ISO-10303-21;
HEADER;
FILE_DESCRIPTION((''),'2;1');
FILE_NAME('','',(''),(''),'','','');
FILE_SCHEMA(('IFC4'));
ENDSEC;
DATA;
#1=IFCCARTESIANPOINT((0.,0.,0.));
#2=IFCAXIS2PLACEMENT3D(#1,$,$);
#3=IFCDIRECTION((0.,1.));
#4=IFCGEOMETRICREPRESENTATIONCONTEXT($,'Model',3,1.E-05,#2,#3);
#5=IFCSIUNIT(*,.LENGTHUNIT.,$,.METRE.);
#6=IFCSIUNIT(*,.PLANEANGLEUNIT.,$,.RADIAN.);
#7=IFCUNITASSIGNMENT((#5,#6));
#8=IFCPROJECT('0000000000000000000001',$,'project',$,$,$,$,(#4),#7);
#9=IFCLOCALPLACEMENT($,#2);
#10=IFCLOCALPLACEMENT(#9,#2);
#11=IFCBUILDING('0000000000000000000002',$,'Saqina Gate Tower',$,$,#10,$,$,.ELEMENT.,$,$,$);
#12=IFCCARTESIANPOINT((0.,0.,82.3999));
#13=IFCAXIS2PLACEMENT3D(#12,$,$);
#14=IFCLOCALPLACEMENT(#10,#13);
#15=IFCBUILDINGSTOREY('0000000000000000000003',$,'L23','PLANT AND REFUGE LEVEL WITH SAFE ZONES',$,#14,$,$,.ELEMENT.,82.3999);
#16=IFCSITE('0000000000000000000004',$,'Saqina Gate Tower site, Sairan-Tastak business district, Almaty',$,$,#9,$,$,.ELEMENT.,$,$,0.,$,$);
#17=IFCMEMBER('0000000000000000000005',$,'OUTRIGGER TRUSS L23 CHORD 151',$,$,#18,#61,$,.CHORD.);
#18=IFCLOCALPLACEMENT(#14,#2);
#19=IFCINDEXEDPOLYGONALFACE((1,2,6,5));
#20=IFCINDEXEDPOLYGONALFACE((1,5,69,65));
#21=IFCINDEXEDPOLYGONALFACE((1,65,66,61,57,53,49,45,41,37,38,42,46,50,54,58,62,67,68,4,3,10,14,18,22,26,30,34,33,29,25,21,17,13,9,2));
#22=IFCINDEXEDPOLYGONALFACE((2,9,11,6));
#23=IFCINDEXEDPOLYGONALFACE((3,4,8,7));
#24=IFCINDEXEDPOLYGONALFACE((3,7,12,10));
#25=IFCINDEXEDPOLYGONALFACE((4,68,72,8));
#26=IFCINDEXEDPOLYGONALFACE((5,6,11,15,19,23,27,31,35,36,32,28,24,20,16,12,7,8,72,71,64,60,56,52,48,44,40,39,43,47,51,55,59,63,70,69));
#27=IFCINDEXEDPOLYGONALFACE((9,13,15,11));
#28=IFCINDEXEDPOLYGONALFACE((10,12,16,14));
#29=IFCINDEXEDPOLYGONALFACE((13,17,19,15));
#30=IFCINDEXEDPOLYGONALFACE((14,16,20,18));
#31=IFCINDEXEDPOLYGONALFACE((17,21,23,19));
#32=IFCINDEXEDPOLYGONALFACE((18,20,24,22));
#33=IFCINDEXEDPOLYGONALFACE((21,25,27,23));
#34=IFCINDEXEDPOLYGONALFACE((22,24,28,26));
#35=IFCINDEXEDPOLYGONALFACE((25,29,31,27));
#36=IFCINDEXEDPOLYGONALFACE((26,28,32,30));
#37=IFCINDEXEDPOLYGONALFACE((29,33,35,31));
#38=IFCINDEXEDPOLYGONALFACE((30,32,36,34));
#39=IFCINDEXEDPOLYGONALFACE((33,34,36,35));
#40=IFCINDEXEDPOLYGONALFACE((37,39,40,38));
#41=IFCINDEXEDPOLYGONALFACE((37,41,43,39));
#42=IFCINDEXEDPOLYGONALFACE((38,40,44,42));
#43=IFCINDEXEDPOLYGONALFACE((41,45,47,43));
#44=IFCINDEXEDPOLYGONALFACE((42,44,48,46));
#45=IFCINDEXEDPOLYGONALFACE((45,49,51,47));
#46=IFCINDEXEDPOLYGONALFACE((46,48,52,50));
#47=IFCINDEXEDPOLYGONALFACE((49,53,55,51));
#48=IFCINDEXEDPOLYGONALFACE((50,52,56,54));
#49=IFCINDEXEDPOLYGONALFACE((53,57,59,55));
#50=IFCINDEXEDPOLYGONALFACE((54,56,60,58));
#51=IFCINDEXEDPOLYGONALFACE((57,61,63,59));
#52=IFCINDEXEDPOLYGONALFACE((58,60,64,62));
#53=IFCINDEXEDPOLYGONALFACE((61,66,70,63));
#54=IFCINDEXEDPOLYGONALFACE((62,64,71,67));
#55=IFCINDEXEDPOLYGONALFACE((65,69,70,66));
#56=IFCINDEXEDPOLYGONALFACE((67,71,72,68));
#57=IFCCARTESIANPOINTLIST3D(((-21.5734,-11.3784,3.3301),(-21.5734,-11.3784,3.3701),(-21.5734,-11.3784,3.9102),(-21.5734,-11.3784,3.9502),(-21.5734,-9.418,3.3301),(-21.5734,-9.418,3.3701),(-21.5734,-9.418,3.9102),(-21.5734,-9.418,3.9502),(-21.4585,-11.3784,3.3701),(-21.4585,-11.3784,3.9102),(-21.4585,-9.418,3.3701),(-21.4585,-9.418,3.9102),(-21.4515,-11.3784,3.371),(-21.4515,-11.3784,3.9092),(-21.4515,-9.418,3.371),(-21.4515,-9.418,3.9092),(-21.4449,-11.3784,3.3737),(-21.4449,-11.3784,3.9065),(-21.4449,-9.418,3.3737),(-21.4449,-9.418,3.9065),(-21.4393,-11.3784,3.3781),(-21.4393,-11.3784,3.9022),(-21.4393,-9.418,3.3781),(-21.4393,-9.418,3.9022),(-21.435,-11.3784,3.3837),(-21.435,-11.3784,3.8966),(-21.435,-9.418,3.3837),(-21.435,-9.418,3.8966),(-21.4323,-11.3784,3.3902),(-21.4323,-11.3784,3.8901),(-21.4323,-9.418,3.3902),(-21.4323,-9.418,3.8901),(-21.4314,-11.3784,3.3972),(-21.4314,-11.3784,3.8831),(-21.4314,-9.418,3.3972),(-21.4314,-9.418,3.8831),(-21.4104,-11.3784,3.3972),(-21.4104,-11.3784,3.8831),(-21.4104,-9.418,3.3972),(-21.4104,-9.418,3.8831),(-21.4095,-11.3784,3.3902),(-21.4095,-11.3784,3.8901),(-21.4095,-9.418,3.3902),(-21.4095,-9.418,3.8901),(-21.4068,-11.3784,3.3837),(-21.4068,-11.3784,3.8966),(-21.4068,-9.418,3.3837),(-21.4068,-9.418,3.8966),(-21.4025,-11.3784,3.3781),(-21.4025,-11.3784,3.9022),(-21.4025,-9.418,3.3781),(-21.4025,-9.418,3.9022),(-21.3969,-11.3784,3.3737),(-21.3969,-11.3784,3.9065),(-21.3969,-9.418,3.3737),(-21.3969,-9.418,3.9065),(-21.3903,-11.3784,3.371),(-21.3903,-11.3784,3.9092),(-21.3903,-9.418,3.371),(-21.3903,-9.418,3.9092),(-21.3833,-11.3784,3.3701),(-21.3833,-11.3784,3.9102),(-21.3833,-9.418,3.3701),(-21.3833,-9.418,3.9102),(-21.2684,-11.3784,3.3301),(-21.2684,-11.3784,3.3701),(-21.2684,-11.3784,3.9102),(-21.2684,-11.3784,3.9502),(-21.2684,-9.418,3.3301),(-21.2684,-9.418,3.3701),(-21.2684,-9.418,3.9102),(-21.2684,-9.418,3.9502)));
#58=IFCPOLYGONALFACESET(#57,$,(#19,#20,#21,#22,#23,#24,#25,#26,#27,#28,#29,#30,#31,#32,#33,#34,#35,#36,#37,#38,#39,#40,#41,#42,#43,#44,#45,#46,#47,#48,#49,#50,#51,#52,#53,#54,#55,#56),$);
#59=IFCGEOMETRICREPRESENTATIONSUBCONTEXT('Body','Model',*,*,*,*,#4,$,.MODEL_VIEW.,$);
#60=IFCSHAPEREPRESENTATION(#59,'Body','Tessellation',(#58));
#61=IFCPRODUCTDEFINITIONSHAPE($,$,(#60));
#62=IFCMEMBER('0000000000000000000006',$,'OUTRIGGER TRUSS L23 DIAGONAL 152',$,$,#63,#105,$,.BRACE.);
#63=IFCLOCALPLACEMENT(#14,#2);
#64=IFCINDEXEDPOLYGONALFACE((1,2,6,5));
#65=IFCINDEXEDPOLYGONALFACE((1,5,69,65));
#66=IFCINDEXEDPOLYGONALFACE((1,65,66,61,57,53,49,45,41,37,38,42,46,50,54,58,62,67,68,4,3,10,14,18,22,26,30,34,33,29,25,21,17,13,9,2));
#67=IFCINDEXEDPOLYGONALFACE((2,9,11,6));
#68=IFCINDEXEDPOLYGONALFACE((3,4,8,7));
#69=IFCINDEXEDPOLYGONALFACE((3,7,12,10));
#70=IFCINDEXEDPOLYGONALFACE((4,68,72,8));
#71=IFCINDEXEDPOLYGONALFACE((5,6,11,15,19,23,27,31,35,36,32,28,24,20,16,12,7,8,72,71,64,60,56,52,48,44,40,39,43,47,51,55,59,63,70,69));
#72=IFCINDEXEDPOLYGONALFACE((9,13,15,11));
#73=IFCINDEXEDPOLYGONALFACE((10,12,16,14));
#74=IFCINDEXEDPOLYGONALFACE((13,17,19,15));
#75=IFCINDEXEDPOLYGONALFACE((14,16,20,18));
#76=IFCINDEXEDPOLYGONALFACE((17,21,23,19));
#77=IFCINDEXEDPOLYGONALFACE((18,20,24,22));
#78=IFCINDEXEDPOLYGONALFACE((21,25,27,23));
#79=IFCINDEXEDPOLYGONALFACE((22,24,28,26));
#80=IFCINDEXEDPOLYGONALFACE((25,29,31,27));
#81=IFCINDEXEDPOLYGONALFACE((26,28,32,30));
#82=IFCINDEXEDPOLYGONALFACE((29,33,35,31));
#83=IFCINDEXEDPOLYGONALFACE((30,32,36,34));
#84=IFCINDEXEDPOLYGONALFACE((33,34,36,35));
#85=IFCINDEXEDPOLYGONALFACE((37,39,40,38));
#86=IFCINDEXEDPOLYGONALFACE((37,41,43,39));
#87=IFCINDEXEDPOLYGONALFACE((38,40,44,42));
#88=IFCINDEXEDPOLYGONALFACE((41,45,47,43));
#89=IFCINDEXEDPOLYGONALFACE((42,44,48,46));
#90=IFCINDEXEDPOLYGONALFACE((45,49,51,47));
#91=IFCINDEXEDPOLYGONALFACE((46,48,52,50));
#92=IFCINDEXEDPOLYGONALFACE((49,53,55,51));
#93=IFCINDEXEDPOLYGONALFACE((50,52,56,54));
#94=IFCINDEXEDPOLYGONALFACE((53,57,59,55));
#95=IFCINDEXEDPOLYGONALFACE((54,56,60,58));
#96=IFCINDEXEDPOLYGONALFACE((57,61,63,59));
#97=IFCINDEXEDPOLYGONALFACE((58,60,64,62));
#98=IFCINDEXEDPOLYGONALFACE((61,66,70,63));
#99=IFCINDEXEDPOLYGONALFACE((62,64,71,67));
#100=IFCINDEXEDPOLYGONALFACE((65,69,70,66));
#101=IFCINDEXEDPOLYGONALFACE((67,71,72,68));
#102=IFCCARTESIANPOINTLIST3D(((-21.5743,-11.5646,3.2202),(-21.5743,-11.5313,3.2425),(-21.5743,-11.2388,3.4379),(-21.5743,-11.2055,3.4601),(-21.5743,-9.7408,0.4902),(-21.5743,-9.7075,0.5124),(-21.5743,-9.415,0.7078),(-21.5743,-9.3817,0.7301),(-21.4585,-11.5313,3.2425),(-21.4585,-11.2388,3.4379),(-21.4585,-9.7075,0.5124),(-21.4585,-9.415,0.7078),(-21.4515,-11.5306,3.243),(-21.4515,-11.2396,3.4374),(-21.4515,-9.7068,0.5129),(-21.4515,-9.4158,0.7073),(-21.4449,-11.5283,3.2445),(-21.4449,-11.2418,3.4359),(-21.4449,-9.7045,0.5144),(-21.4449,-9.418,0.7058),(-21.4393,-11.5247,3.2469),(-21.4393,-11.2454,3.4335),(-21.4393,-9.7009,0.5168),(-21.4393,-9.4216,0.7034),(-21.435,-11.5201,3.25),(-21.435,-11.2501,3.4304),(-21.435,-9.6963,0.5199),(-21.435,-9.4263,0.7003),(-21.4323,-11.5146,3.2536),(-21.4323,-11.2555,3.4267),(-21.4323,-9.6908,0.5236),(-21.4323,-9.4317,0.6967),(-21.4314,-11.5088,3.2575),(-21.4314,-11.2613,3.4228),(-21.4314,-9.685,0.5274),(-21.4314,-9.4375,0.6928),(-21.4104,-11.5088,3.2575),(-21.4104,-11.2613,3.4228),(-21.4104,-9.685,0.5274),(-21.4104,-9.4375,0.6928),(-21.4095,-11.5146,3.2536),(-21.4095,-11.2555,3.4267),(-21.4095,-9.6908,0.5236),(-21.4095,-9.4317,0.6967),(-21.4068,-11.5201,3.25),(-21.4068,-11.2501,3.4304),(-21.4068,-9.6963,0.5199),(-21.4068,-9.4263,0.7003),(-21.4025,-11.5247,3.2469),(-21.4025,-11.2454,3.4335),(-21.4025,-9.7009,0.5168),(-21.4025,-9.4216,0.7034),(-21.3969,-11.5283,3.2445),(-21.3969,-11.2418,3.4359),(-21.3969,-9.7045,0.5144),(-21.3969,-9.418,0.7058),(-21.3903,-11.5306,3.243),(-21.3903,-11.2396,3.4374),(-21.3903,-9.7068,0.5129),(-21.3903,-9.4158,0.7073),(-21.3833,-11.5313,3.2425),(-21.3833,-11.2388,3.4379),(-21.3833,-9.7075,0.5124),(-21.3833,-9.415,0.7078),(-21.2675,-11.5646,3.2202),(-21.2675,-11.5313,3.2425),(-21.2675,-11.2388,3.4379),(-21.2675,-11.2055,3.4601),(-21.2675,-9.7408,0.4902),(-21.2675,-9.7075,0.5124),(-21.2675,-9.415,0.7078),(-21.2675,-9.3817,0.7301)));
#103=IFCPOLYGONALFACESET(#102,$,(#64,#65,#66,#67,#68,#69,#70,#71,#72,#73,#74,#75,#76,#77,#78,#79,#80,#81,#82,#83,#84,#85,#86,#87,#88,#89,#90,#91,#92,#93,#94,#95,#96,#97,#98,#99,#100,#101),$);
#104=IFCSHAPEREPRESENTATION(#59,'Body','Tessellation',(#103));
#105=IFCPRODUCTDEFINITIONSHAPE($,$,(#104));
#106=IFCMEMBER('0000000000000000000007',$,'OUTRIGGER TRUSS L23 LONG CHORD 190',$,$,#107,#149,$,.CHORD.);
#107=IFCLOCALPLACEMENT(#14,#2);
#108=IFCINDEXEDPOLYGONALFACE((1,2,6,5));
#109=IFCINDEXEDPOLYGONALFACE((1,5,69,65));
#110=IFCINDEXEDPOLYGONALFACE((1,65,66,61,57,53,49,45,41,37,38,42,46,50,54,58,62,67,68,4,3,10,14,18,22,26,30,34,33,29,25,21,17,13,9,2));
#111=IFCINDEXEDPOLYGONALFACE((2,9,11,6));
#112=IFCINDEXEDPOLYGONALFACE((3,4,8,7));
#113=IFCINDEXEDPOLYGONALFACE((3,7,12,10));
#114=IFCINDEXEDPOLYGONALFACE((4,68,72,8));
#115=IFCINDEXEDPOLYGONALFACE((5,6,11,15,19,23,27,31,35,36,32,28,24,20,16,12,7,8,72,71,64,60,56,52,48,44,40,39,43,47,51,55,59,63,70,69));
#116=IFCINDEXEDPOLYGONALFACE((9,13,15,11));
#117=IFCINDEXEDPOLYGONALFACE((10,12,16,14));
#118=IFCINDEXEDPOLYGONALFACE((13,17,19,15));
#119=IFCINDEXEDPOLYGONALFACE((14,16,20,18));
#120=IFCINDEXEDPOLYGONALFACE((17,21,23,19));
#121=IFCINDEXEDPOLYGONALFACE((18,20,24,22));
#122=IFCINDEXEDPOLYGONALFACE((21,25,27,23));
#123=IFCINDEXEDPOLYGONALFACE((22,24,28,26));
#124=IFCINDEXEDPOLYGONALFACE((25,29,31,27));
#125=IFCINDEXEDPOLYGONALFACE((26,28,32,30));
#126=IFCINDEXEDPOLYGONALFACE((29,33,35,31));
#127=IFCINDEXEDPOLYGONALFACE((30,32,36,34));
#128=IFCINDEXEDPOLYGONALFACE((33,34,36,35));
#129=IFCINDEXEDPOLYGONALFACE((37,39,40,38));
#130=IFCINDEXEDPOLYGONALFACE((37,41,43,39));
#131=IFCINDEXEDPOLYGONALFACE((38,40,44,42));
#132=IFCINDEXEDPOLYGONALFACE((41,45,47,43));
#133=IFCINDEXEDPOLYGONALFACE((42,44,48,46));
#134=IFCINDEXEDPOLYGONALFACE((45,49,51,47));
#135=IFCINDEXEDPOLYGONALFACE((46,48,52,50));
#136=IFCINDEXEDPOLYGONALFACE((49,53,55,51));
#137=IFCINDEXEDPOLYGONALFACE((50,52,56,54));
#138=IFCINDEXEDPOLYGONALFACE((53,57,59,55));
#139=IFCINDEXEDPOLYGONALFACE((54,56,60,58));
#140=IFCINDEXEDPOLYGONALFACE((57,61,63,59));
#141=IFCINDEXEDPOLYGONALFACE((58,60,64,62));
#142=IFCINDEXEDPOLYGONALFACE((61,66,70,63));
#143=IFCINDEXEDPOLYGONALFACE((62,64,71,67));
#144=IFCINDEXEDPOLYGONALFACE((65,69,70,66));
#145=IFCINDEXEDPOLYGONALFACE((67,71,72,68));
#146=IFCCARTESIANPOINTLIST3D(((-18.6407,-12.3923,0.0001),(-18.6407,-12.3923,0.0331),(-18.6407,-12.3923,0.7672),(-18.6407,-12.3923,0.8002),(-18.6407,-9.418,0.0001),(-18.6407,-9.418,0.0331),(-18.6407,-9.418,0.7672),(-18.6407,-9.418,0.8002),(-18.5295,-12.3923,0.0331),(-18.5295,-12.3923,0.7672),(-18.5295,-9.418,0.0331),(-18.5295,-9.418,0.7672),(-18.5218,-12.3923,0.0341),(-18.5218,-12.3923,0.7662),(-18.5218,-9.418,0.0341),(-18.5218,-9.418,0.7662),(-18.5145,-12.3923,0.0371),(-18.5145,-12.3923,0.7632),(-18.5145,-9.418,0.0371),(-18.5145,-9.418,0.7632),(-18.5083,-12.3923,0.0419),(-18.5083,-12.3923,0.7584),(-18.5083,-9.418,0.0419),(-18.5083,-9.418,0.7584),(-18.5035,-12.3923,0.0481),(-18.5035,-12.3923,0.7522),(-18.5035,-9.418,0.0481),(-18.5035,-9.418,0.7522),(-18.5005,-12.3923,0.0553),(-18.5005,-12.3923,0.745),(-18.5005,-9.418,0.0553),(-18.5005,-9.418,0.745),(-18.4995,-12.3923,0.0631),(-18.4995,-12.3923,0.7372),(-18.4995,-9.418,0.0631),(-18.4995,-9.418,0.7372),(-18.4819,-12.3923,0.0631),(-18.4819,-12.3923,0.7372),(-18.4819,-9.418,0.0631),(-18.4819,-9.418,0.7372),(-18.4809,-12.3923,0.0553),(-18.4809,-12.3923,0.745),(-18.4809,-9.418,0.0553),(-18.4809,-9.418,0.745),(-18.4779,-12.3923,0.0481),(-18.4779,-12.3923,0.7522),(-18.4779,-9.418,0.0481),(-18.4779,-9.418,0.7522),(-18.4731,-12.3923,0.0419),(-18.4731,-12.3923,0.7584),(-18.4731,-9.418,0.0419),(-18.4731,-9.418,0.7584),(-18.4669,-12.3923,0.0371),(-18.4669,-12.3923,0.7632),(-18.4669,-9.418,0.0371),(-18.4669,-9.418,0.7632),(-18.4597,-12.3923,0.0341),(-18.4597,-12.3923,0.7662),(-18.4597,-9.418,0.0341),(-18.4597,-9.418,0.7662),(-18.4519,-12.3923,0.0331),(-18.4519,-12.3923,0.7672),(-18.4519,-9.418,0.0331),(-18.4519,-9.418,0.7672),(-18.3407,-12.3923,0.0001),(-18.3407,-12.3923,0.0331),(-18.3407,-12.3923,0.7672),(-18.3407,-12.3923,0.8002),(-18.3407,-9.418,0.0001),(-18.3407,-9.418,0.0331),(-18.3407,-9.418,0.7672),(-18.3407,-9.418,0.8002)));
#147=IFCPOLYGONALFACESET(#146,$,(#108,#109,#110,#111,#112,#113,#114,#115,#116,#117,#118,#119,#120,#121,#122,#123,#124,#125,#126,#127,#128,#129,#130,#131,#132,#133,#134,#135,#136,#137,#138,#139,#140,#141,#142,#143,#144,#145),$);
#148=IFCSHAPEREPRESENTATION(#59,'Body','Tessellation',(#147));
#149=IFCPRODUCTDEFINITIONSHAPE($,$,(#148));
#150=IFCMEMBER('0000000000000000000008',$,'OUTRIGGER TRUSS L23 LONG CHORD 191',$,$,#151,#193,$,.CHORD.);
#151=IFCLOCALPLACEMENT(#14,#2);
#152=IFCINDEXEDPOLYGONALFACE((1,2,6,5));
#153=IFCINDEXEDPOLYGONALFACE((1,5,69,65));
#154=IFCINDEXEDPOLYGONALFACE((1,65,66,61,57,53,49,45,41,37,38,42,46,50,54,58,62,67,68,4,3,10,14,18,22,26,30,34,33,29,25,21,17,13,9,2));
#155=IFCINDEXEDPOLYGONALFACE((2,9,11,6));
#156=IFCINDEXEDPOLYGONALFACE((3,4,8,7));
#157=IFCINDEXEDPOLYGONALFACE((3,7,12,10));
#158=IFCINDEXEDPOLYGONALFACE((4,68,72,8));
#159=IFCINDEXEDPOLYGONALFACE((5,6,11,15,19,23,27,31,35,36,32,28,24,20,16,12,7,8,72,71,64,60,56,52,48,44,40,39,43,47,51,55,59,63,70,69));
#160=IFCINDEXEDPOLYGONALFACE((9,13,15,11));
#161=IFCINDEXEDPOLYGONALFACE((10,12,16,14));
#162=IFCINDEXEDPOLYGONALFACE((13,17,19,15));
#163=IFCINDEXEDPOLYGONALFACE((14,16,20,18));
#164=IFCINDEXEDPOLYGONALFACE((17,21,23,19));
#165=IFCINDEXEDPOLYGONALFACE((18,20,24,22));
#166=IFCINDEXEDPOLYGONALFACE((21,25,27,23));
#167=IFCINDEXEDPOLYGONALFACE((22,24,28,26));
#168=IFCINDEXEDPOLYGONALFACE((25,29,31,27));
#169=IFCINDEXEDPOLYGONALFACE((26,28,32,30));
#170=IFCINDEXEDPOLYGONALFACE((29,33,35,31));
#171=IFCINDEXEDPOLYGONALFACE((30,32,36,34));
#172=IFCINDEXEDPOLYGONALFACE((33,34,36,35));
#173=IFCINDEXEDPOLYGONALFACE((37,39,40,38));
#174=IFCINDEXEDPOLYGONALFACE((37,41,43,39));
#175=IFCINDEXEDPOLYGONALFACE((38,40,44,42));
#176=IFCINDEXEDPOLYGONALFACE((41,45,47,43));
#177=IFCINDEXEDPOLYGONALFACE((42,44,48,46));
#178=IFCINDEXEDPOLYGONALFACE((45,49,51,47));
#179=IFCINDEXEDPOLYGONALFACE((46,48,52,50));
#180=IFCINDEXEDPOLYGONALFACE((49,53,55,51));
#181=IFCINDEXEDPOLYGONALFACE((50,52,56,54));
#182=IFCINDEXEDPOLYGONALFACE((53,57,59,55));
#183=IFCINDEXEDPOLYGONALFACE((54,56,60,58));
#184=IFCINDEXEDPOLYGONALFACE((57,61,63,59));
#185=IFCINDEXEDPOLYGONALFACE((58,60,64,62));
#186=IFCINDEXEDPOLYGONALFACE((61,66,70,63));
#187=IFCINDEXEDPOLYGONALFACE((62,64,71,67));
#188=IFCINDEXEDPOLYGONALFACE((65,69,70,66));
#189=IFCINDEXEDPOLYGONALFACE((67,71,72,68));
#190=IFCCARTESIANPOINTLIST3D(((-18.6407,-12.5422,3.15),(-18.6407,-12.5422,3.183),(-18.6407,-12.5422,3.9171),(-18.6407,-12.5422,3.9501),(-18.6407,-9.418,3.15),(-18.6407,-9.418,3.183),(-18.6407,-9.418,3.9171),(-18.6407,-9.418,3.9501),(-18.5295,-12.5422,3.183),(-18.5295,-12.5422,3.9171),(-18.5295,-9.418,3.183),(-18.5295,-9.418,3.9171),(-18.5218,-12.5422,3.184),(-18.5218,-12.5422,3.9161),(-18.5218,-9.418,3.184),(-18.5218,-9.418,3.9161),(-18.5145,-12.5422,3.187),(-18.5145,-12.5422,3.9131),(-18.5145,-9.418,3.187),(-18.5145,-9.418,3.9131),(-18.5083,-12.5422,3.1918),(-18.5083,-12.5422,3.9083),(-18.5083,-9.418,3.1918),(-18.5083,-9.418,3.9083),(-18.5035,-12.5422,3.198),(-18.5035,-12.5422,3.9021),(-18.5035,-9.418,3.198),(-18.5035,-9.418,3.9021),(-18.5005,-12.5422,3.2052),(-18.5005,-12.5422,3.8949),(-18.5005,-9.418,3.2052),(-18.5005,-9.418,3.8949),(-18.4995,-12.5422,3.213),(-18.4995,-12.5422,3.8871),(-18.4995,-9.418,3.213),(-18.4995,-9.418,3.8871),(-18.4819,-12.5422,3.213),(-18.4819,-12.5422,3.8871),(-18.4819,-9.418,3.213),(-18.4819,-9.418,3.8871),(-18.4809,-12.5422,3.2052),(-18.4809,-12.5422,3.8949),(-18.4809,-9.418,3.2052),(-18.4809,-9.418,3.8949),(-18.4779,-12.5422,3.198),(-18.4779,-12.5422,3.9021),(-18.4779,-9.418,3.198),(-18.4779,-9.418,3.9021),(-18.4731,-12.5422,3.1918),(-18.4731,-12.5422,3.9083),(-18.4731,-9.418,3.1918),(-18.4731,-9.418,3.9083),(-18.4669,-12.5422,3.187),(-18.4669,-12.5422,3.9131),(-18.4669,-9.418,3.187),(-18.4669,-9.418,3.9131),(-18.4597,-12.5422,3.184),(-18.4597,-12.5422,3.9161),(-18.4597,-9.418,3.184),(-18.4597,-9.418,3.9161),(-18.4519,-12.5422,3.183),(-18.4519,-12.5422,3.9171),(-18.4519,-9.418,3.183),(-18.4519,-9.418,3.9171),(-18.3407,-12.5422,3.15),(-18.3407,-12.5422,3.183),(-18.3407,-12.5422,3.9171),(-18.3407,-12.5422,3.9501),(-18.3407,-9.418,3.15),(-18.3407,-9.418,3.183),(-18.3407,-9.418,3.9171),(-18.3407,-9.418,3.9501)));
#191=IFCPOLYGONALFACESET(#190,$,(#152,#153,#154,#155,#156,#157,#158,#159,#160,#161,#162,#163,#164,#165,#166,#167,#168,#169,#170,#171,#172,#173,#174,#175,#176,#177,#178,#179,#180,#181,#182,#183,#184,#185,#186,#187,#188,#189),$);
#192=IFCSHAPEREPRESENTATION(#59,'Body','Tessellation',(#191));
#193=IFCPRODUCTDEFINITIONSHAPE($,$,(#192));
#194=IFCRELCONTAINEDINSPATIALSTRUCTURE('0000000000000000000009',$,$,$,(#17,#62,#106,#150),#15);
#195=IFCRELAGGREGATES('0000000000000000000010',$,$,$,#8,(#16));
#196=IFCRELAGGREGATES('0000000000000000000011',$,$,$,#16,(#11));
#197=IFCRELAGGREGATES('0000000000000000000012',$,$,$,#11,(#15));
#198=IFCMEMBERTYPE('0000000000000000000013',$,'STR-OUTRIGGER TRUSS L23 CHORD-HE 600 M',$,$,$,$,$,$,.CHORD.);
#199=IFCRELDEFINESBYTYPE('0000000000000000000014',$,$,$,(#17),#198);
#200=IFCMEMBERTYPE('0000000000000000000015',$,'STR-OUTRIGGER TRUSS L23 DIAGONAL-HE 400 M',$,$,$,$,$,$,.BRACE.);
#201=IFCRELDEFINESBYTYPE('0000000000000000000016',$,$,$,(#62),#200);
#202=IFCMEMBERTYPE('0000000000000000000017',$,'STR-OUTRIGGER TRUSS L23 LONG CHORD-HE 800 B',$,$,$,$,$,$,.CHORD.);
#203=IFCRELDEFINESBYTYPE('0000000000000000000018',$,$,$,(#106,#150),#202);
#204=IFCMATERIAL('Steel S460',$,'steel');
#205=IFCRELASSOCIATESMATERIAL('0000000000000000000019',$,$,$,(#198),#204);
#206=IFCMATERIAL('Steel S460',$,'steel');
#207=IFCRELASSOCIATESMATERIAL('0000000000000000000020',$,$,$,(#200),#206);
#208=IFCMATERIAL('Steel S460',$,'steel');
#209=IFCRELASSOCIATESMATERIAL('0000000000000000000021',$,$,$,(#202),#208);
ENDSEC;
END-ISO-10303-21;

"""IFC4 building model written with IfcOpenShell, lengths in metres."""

from ifc_helpers import new_model, si_unit, direction, frame, origin, origin_2d, place, context, subcontext, project, spatial, i_section, extrude, material, material_profile, profile_set, type_object, element, save


model = new_model("IFC4")

# Units and contexts
model_context = context("Model", 3, precision=1e-05, world=origin(), true_north=direction((0.0, 1.0)))
body_context = subcontext(model_context, "Body", "Model", "MODEL_VIEW")
ifc_project = project(units=[si_unit("LENGTHUNIT", "METRE"), si_unit("PLANEANGLEUNIT", "RADIAN")], contexts=[model_context])

# Site, building, storey
site_placement = place(None, origin())
site = spatial("IfcSite", under=ifc_project, at=site_placement, Name="Saqina Gate Tower site, Sairan-Tastak business district, Almaty", CompositionType="ELEMENT", RefElevation=0.0)
building_placement = place(site_placement, origin())
building = spatial("IfcBuilding", under=site, at=building_placement, Name="Saqina Gate Tower", CompositionType="ELEMENT")
storey_placement = place(building_placement, frame((0.0, 0.0, 82.3999)))
storey = spatial("IfcBuildingStorey", under=building, at=storey_placement, Name="L23", Description="PLANT AND REFUGE LEVEL WITH SAFE ZONES", CompositionType="ELEMENT", Elevation=82.3999)

# Members
ifc_material_1 = material(Name="Steel S460", Category="steel")
ifc_material_profile_1 = material_profile(ifc_material_1, i_section(OverallWidth=0.3049, OverallDepth=0.6201, WebThickness=0.021, FlangeThickness=0.04, FilletRadius=0.0271, at=origin_2d()), Name="HE 600 M")
ifc_profile_set_1 = profile_set([ifc_material_profile_1], Name="Steel S460")
member_type_1 = type_object("IfcMemberType", Name="STR-OUTRIGGER TRUSS L23 CHORD-HE 600 M", PredefinedType="CHORD", material=ifc_profile_set_1)
for number, where, z_axis, x_axis, name in (
    (1, (-21.4209, -9.418, 3.6401), (0.0, -1.0, 0.0), (1.0, 0.0, 0.0), "OUTRIGGER TRUSS L23 CHORD 151"),
):
    element("IfcMember", number, at=place(storey_placement, frame(where, z_axis=z_axis, x_axis=x_axis)), inside=storey, type_object=member_type_1, Name=name, PredefinedType="CHORD", context=body_context, shape_type="SweptSolid", body=[
        extrude(i_section(OverallWidth=0.3049, OverallDepth=0.6201, WebThickness=0.021, FlangeThickness=0.04, FilletRadius=0.0271, at=origin_2d()), origin(), (0.0, 0.0, 1.0), 1.9604),
    ])
ifc_material_2 = material(Name="Steel S460", Category="steel")
ifc_material_profile_2 = material_profile(ifc_material_2, i_section(OverallWidth=0.3069, OverallDepth=0.4319, WebThickness=0.021, FlangeThickness=0.04, FilletRadius=0.0271, at=origin_2d()), Name="HE 400 M")
ifc_profile_set_2 = profile_set([ifc_material_profile_2], Name="Steel S460")
member_type_2 = type_object("IfcMemberType", Name="STR-OUTRIGGER TRUSS L23 DIAGONAL-HE 400 M", PredefinedType="BRACE", material=ifc_profile_set_2)
member_1_placement = place(storey_placement, frame((-21.4209, -9.5613, 0.6101), z_axis=(0.0, -0.555489, 0.831524), x_axis=(1.0, 0.0, 0.0)))
element("IfcMember", 2, at=member_1_placement, inside=storey, type_object=member_type_2, Name="OUTRIGGER TRUSS L23 DIAGONAL 152", PredefinedType="BRACE", context=body_context, shape_type="SweptSolid", body=[
    extrude(i_section(OverallWidth=0.3069, OverallDepth=0.4319, WebThickness=0.021, FlangeThickness=0.04, FilletRadius=0.0271, at=origin_2d()), origin(), (0.0, 0.0, 1.0), 3.2832),
])
ifc_material_3 = material(Name="Steel S460", Category="steel")
ifc_material_profile_3 = material_profile(ifc_material_3, i_section(OverallWidth=0.3, OverallDepth=0.8, WebThickness=0.0176, FlangeThickness=0.033, FilletRadius=0.03, at=origin_2d()), Name="HE 800 B")
ifc_profile_set_3 = profile_set([ifc_material_profile_3], Name="Steel S460")
member_type_3 = type_object("IfcMemberType", Name="STR-OUTRIGGER TRUSS L23 LONG CHORD-HE 800 B", PredefinedType="CHORD", material=ifc_profile_set_3)
member_2_placement = place(storey_placement, frame((-18.4907, -9.418, 0.4001), z_axis=(0.0, -1.0, 0.0), x_axis=(1.0, 0.0, 0.0)))
element("IfcMember", 3, at=member_2_placement, inside=storey, type_object=member_type_3, Name="OUTRIGGER TRUSS L23 LONG CHORD 190", PredefinedType="CHORD", context=body_context, shape_type="SweptSolid", body=[
    extrude(i_section(OverallWidth=0.3, OverallDepth=0.8, WebThickness=0.0176, FlangeThickness=0.033, FilletRadius=0.03, at=origin_2d()), origin(), (0.0, 0.0, 1.0), 2.9744),
])
member_3_placement = place(storey_placement, frame((-18.4907, -9.418, 3.55), z_axis=(0.0, -1.0, 0.0), x_axis=(1.0, 0.0, 0.0)))
element("IfcMember", 4, at=member_3_placement, inside=storey, type_object=member_type_3, Name="OUTRIGGER TRUSS L23 LONG CHORD 191", PredefinedType="CHORD", context=body_context, shape_type="SweptSolid", body=[
    extrude(i_section(OverallWidth=0.3, OverallDepth=0.8, WebThickness=0.0176, FlangeThickness=0.033, FilletRadius=0.03, at=origin_2d()), origin(), (0.0, 0.0, 1.0), 3.1243),
])

save(model, "model.ifc")
